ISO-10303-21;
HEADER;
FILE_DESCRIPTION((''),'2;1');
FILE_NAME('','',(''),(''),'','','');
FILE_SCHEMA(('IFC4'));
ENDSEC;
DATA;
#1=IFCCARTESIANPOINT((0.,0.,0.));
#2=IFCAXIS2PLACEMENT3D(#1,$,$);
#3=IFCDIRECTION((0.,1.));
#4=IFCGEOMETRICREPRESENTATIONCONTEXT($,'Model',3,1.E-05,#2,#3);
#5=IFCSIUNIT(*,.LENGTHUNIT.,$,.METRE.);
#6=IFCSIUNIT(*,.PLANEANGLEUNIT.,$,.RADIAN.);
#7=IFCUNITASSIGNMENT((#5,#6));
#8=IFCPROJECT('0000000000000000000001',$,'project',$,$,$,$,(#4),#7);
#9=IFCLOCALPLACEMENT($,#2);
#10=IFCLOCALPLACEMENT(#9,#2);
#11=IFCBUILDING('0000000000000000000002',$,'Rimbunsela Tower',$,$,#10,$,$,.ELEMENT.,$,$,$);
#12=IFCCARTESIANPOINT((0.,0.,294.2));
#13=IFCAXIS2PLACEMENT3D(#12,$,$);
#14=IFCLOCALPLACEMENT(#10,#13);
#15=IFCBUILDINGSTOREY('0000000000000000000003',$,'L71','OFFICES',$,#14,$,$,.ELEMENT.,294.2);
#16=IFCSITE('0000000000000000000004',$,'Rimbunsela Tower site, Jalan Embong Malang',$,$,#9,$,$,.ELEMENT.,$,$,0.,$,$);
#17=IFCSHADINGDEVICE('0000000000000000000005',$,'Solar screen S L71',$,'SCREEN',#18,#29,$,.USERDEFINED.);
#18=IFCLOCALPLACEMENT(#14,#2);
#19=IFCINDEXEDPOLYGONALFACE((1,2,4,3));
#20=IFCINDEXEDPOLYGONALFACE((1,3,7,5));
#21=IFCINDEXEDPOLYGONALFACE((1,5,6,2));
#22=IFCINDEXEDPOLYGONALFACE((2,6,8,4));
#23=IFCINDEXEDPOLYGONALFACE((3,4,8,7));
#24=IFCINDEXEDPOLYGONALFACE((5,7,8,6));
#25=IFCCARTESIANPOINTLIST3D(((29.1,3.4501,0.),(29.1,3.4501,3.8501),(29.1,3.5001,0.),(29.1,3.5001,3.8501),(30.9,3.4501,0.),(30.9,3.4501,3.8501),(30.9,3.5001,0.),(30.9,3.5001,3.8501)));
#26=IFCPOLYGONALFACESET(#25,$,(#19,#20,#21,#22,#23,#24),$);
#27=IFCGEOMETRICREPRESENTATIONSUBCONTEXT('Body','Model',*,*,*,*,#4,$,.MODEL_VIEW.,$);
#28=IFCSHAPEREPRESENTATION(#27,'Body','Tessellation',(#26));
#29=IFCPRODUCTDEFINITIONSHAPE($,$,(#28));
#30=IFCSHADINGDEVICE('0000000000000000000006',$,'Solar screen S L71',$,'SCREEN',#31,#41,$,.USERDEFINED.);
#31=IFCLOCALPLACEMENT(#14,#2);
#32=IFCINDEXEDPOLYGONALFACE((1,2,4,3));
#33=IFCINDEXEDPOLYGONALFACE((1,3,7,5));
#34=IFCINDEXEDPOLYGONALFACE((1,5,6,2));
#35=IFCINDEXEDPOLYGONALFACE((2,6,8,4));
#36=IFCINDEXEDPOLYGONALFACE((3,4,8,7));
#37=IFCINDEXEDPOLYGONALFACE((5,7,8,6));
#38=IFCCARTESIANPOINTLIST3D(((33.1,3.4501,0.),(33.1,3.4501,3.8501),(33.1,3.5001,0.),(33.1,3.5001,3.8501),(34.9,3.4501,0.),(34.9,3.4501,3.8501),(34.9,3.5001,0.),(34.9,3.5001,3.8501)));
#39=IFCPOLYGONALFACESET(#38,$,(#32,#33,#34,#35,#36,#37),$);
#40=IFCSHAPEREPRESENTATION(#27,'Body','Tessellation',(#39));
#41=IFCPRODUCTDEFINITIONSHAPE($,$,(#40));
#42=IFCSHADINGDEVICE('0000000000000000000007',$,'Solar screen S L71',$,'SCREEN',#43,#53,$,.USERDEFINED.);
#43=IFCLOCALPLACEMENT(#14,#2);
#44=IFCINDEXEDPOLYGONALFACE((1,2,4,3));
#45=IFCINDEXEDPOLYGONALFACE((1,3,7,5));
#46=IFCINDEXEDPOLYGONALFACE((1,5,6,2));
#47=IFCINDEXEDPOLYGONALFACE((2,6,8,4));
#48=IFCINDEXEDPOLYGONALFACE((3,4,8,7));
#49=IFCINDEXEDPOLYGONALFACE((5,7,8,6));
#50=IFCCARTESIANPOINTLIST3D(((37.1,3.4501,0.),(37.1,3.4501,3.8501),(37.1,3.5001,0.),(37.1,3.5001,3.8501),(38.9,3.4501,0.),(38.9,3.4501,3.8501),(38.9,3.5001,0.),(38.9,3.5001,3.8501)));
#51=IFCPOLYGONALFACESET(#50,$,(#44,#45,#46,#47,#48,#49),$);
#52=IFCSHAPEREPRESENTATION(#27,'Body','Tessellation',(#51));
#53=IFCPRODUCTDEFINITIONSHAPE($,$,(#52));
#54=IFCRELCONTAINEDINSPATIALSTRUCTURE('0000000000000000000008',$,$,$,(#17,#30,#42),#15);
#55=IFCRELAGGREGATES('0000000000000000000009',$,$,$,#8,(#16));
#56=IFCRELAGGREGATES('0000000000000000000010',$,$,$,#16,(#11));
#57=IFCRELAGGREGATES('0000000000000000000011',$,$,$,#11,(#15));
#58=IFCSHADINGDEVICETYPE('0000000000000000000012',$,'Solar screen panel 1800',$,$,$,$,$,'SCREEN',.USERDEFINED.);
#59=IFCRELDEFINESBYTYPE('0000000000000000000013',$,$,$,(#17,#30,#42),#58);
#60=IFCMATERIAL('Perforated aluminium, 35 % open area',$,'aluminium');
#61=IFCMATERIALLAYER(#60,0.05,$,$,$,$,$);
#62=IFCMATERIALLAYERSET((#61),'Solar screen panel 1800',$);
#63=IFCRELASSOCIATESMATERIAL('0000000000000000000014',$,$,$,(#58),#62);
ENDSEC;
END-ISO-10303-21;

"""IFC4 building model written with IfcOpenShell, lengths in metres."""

from ifc_helpers import new_model, si_unit, direction, frame, origin, origin_2d, place, context, subcontext, project, spatial, rectangle, extrude, material, layer, layer_set, type_object, element, save


model = new_model("IFC4")

# Units and contexts
model_context = context("Model", 3, precision=1e-05, world=origin(), true_north=direction((0.0, 1.0)))
body_context = subcontext(model_context, "Body", "Model", "MODEL_VIEW")
ifc_project = project(units=[si_unit("LENGTHUNIT", "METRE"), si_unit("PLANEANGLEUNIT", "RADIAN")], contexts=[model_context])

# Site, building, storey
site_placement = place(None, origin())
site = spatial("IfcSite", under=ifc_project, at=site_placement, Name="Rimbunsela Tower site, Jalan Embong Malang", CompositionType="ELEMENT", RefElevation=0.0)
building_placement = place(site_placement, origin())
building = spatial("IfcBuilding", under=site, at=building_placement, Name="Rimbunsela Tower", CompositionType="ELEMENT")
storey_placement = place(building_placement, frame((0.0, 0.0, 294.2)))
storey = spatial("IfcBuildingStorey", under=building, at=storey_placement, Name="L71", Description="OFFICES", CompositionType="ELEMENT", Elevation=294.2)

# Shading devices
ifc_material_1 = material(Name="Perforated aluminium, 35 % open area", Category="aluminium")
ifc_layer_1 = layer(ifc_material_1, 0.05)
ifc_layer_set_1 = layer_set([ifc_layer_1], Name="Solar screen panel 1800")
shading_device_type = type_object("IfcShadingDeviceType", Name="Solar screen panel 1800", ElementType="SCREEN", PredefinedType="USERDEFINED", material=ifc_layer_set_1)
for number, where, z_axis, x_axis, name in (
    (1, (30.0, 3.4751, 0.0), (0.0, 0.0, 1.0), (1.0, 0.0, 0.0), "Solar screen S L71"),
    (2, (34.0, 3.4751, 0.0), (0.0, 0.0, 1.0), (1.0, 0.0, 0.0), "Solar screen S L71"),
    (3, (38.0, 3.4751, 0.0), (0.0, 0.0, 1.0), (1.0, 0.0, 0.0), "Solar screen S L71"),
):
    element("IfcShadingDevice", number, at=place(storey_placement, frame(where, z_axis=z_axis, x_axis=x_axis)), inside=storey, type_object=shading_device_type, Name=name, ObjectType="SCREEN", PredefinedType="USERDEFINED", context=body_context, shape_type="SweptSolid", body=[
        extrude(rectangle(XDim=1.8, YDim=0.05, at=origin_2d()), origin(), (0.0, 0.0, 1.0), 3.8501),
    ])

save(model, "model.ifc")
